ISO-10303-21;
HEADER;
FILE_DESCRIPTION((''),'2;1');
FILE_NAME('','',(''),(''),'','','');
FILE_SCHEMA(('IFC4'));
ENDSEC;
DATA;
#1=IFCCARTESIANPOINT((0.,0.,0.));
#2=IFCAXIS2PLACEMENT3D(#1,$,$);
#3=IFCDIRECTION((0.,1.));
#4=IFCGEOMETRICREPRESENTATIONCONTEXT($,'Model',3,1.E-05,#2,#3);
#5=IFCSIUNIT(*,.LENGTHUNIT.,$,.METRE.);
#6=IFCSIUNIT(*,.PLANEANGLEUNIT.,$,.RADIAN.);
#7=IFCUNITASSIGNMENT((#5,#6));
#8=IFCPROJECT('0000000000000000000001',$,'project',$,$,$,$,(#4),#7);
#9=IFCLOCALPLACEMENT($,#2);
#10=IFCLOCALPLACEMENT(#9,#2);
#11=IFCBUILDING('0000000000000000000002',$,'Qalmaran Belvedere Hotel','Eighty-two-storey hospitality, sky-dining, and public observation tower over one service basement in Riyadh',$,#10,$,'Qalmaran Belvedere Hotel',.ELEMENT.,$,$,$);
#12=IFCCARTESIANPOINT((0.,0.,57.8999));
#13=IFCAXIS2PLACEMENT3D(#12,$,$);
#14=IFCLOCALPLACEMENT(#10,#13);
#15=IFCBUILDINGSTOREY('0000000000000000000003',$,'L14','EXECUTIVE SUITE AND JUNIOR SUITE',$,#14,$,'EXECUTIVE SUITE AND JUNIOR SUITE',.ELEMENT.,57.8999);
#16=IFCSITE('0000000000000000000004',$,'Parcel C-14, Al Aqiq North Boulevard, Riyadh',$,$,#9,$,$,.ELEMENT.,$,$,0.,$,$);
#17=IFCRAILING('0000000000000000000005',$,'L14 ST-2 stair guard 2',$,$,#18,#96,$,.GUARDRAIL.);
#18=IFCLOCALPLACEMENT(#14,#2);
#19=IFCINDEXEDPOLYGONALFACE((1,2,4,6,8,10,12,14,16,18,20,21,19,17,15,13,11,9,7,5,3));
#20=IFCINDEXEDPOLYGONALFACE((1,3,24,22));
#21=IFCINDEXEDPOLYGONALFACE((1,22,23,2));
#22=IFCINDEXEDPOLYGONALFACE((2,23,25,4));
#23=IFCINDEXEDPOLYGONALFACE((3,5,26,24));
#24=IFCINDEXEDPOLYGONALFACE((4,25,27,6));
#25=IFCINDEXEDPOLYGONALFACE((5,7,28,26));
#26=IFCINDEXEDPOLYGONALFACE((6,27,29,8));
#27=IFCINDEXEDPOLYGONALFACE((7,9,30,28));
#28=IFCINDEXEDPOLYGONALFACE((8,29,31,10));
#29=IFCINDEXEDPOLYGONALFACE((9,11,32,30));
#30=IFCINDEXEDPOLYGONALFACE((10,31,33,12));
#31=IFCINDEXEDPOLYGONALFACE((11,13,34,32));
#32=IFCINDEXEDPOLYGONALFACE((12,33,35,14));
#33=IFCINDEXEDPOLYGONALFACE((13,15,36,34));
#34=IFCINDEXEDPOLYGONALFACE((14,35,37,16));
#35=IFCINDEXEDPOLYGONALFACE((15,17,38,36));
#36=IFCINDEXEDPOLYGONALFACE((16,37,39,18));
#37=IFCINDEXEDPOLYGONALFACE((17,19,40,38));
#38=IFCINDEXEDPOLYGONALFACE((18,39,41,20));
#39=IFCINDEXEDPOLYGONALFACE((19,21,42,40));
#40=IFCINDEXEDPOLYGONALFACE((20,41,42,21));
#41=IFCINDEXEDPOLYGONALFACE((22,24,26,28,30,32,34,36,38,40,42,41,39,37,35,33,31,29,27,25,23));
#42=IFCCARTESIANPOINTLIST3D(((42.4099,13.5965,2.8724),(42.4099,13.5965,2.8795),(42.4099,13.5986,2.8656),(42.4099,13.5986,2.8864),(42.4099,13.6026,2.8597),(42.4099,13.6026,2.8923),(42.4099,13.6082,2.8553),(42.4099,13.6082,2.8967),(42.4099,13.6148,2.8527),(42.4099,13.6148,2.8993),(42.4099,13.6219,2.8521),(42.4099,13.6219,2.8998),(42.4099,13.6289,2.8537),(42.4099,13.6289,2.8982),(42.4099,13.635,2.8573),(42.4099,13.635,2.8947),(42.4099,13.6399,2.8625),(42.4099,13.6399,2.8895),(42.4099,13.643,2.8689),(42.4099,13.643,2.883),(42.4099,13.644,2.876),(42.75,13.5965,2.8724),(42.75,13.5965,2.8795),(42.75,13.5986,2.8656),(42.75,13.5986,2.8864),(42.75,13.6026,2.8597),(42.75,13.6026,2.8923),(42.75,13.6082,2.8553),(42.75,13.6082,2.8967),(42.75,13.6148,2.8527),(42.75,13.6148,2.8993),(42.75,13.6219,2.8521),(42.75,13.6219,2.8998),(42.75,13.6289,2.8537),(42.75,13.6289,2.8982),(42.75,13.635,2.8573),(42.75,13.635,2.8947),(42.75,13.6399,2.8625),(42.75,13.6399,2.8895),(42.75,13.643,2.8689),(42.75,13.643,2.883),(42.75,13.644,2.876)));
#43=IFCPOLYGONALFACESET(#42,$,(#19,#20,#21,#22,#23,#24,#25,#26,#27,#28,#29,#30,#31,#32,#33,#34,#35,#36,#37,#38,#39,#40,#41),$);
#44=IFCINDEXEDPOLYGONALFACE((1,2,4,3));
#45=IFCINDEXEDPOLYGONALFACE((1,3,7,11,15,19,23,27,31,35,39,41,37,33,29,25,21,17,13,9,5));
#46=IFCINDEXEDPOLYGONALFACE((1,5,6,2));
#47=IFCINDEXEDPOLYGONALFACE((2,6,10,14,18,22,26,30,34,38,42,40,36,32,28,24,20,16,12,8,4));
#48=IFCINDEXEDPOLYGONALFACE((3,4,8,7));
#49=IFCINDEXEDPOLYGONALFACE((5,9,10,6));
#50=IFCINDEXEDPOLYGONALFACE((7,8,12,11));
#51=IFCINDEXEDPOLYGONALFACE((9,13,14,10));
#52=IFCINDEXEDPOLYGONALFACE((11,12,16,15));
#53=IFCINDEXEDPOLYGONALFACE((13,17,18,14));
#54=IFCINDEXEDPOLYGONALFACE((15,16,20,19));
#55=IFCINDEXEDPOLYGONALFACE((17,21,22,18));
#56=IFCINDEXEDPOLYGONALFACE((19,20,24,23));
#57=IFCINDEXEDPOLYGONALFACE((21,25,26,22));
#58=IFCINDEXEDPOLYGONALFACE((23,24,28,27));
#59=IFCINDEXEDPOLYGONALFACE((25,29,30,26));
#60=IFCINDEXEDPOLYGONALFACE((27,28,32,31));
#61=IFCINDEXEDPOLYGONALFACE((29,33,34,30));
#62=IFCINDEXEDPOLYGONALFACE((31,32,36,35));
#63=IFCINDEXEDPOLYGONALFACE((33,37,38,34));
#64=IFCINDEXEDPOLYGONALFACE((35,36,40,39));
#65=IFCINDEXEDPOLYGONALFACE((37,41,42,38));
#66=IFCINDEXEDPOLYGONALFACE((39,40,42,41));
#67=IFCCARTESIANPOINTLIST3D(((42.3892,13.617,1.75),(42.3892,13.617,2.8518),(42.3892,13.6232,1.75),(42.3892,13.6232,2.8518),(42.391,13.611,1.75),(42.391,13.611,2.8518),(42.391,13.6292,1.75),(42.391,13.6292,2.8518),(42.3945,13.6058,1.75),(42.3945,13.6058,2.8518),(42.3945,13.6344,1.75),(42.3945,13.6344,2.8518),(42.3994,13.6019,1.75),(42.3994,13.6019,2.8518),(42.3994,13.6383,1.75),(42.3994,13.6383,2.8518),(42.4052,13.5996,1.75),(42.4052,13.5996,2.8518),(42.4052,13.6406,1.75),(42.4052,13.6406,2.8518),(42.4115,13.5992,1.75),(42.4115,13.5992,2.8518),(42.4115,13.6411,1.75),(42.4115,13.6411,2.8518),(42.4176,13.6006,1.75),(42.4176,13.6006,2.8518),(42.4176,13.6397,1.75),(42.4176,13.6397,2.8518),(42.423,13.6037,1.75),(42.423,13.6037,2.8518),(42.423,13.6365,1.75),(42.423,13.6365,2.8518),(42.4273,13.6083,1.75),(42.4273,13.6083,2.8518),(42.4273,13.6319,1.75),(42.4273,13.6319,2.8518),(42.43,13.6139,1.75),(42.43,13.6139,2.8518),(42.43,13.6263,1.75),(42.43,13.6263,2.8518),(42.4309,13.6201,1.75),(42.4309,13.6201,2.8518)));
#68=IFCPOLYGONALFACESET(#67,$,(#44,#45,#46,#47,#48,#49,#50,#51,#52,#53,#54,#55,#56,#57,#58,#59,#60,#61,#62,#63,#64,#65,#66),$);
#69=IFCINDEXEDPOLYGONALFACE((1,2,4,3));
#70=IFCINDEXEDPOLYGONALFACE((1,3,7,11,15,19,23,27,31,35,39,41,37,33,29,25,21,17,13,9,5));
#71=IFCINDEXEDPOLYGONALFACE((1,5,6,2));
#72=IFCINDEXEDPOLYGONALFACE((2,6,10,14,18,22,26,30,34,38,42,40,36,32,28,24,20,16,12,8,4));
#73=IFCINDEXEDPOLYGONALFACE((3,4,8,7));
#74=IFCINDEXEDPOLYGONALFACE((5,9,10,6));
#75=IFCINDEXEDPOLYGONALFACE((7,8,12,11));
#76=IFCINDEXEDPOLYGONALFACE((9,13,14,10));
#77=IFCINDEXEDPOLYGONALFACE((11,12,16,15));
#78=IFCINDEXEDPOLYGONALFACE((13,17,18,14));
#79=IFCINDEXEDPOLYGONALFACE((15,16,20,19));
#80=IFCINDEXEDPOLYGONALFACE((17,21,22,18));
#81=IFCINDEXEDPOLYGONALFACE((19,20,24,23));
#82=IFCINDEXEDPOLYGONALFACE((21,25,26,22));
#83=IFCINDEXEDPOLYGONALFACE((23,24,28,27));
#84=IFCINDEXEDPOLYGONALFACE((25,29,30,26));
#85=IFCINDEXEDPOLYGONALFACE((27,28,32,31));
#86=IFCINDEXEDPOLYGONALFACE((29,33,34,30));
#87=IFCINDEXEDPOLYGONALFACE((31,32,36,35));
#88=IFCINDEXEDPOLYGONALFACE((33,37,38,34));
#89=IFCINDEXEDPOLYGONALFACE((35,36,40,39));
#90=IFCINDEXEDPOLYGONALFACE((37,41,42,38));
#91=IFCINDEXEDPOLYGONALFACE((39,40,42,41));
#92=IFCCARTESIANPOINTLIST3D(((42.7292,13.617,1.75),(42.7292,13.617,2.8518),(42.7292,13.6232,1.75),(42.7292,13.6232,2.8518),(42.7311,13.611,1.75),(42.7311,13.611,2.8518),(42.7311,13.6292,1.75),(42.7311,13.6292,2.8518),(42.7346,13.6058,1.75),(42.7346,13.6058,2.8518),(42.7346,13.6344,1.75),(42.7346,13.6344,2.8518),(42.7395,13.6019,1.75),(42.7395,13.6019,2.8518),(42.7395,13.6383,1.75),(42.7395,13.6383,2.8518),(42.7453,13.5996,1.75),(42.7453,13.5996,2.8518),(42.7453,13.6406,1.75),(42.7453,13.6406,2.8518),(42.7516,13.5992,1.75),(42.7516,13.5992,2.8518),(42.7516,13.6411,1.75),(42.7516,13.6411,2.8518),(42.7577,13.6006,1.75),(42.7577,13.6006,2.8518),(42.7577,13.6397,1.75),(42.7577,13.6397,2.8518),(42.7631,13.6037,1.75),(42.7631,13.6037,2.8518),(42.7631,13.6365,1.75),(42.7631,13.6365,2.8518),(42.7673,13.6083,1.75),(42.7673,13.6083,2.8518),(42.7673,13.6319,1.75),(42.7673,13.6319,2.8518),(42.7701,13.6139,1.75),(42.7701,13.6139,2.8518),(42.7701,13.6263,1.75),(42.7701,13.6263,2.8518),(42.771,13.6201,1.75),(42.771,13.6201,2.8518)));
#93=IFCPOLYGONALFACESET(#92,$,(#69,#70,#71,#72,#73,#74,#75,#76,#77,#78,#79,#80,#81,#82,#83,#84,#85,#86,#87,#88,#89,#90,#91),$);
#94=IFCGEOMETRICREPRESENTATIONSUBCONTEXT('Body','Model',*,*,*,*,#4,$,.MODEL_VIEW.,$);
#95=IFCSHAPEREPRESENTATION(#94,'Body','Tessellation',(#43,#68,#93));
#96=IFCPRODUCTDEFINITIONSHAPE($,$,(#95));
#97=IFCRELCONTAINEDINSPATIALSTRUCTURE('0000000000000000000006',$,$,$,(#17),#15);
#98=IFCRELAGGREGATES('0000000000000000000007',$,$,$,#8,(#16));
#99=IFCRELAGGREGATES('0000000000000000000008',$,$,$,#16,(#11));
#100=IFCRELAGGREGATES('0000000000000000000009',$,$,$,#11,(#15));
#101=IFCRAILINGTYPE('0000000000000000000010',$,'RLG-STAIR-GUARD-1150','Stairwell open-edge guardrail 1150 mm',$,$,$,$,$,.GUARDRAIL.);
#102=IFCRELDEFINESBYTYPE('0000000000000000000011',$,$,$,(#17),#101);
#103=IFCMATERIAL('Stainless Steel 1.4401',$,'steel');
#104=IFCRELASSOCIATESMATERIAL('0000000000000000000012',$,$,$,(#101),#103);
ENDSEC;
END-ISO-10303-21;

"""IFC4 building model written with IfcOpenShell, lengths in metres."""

from ifc_helpers import new_model, si_unit, direction, frame, origin, origin_2d, place, context, subcontext, project, spatial, circle, extrude, material, type_object, element, save


model = new_model("IFC4")

# Units and contexts
model_context = context("Model", 3, precision=1e-05, world=origin(), true_north=direction((0.0, 1.0)))
body_context = subcontext(model_context, "Body", "Model", "MODEL_VIEW")
ifc_project = project(units=[si_unit("LENGTHUNIT", "METRE"), si_unit("PLANEANGLEUNIT", "RADIAN")], contexts=[model_context])

# Site, building, storey
site_placement = place(None, origin())
site = spatial("IfcSite", under=ifc_project, at=site_placement, Name="Parcel C-14, Al Aqiq North Boulevard, Riyadh", CompositionType="ELEMENT", RefElevation=0.0)
building_placement = place(site_placement, origin())
building = spatial("IfcBuilding", under=site, at=building_placement, Name="Qalmaran Belvedere Hotel", Description="Eighty-two-storey hospitality, sky-dining, and public observation tower over one service basement in Riyadh", LongName="Qalmaran Belvedere Hotel", CompositionType="ELEMENT")
storey_placement = place(building_placement, frame((0.0, 0.0, 57.8999)))
storey = spatial("IfcBuildingStorey", under=building, at=storey_placement, Name="L14", Description="EXECUTIVE SUITE AND JUNIOR SUITE", LongName="EXECUTIVE SUITE AND JUNIOR SUITE", CompositionType="ELEMENT", Elevation=57.8999)

# Shared definitions
ifc_material_1 = material(Name="Stainless Steel 1.4401", Category="steel")

# Railing
railing_type_1 = type_object("IfcRailingType", Name="RLG-STAIR-GUARD-1150", Description="Stairwell open-edge guardrail 1150 mm", PredefinedType="GUARDRAIL", material=ifc_material_1)
railing_1_placement = place(storey_placement, frame((42.4099, 13.6201, 1.75)))
element("IfcRailing", 1, at=railing_1_placement, inside=storey, type_object=railing_type_1, Name="L14 ST-2 stair guard 2", PredefinedType="GUARDRAIL", context=body_context, shape_type="SweptSolid", body=[
    extrude(circle(Radius=0.0239, at=origin_2d()), frame((0.0, 0.0, 1.126), z_axis=(1.0, 0.0, 0.0), x_axis=(0.0, 1.0, 0.0)), (0.0, 0.0, 1.0), 0.3401),
    extrude(circle(Radius=0.021, at=origin_2d()), origin(), (0.0, 0.0, 1.0), 1.1018),
    extrude(circle(Radius=0.021, at=origin_2d()), frame((0.3401, 0.0, 0.0)), (0.0, 0.0, 1.0), 1.1018),
])

save(model, "model.ifc")
